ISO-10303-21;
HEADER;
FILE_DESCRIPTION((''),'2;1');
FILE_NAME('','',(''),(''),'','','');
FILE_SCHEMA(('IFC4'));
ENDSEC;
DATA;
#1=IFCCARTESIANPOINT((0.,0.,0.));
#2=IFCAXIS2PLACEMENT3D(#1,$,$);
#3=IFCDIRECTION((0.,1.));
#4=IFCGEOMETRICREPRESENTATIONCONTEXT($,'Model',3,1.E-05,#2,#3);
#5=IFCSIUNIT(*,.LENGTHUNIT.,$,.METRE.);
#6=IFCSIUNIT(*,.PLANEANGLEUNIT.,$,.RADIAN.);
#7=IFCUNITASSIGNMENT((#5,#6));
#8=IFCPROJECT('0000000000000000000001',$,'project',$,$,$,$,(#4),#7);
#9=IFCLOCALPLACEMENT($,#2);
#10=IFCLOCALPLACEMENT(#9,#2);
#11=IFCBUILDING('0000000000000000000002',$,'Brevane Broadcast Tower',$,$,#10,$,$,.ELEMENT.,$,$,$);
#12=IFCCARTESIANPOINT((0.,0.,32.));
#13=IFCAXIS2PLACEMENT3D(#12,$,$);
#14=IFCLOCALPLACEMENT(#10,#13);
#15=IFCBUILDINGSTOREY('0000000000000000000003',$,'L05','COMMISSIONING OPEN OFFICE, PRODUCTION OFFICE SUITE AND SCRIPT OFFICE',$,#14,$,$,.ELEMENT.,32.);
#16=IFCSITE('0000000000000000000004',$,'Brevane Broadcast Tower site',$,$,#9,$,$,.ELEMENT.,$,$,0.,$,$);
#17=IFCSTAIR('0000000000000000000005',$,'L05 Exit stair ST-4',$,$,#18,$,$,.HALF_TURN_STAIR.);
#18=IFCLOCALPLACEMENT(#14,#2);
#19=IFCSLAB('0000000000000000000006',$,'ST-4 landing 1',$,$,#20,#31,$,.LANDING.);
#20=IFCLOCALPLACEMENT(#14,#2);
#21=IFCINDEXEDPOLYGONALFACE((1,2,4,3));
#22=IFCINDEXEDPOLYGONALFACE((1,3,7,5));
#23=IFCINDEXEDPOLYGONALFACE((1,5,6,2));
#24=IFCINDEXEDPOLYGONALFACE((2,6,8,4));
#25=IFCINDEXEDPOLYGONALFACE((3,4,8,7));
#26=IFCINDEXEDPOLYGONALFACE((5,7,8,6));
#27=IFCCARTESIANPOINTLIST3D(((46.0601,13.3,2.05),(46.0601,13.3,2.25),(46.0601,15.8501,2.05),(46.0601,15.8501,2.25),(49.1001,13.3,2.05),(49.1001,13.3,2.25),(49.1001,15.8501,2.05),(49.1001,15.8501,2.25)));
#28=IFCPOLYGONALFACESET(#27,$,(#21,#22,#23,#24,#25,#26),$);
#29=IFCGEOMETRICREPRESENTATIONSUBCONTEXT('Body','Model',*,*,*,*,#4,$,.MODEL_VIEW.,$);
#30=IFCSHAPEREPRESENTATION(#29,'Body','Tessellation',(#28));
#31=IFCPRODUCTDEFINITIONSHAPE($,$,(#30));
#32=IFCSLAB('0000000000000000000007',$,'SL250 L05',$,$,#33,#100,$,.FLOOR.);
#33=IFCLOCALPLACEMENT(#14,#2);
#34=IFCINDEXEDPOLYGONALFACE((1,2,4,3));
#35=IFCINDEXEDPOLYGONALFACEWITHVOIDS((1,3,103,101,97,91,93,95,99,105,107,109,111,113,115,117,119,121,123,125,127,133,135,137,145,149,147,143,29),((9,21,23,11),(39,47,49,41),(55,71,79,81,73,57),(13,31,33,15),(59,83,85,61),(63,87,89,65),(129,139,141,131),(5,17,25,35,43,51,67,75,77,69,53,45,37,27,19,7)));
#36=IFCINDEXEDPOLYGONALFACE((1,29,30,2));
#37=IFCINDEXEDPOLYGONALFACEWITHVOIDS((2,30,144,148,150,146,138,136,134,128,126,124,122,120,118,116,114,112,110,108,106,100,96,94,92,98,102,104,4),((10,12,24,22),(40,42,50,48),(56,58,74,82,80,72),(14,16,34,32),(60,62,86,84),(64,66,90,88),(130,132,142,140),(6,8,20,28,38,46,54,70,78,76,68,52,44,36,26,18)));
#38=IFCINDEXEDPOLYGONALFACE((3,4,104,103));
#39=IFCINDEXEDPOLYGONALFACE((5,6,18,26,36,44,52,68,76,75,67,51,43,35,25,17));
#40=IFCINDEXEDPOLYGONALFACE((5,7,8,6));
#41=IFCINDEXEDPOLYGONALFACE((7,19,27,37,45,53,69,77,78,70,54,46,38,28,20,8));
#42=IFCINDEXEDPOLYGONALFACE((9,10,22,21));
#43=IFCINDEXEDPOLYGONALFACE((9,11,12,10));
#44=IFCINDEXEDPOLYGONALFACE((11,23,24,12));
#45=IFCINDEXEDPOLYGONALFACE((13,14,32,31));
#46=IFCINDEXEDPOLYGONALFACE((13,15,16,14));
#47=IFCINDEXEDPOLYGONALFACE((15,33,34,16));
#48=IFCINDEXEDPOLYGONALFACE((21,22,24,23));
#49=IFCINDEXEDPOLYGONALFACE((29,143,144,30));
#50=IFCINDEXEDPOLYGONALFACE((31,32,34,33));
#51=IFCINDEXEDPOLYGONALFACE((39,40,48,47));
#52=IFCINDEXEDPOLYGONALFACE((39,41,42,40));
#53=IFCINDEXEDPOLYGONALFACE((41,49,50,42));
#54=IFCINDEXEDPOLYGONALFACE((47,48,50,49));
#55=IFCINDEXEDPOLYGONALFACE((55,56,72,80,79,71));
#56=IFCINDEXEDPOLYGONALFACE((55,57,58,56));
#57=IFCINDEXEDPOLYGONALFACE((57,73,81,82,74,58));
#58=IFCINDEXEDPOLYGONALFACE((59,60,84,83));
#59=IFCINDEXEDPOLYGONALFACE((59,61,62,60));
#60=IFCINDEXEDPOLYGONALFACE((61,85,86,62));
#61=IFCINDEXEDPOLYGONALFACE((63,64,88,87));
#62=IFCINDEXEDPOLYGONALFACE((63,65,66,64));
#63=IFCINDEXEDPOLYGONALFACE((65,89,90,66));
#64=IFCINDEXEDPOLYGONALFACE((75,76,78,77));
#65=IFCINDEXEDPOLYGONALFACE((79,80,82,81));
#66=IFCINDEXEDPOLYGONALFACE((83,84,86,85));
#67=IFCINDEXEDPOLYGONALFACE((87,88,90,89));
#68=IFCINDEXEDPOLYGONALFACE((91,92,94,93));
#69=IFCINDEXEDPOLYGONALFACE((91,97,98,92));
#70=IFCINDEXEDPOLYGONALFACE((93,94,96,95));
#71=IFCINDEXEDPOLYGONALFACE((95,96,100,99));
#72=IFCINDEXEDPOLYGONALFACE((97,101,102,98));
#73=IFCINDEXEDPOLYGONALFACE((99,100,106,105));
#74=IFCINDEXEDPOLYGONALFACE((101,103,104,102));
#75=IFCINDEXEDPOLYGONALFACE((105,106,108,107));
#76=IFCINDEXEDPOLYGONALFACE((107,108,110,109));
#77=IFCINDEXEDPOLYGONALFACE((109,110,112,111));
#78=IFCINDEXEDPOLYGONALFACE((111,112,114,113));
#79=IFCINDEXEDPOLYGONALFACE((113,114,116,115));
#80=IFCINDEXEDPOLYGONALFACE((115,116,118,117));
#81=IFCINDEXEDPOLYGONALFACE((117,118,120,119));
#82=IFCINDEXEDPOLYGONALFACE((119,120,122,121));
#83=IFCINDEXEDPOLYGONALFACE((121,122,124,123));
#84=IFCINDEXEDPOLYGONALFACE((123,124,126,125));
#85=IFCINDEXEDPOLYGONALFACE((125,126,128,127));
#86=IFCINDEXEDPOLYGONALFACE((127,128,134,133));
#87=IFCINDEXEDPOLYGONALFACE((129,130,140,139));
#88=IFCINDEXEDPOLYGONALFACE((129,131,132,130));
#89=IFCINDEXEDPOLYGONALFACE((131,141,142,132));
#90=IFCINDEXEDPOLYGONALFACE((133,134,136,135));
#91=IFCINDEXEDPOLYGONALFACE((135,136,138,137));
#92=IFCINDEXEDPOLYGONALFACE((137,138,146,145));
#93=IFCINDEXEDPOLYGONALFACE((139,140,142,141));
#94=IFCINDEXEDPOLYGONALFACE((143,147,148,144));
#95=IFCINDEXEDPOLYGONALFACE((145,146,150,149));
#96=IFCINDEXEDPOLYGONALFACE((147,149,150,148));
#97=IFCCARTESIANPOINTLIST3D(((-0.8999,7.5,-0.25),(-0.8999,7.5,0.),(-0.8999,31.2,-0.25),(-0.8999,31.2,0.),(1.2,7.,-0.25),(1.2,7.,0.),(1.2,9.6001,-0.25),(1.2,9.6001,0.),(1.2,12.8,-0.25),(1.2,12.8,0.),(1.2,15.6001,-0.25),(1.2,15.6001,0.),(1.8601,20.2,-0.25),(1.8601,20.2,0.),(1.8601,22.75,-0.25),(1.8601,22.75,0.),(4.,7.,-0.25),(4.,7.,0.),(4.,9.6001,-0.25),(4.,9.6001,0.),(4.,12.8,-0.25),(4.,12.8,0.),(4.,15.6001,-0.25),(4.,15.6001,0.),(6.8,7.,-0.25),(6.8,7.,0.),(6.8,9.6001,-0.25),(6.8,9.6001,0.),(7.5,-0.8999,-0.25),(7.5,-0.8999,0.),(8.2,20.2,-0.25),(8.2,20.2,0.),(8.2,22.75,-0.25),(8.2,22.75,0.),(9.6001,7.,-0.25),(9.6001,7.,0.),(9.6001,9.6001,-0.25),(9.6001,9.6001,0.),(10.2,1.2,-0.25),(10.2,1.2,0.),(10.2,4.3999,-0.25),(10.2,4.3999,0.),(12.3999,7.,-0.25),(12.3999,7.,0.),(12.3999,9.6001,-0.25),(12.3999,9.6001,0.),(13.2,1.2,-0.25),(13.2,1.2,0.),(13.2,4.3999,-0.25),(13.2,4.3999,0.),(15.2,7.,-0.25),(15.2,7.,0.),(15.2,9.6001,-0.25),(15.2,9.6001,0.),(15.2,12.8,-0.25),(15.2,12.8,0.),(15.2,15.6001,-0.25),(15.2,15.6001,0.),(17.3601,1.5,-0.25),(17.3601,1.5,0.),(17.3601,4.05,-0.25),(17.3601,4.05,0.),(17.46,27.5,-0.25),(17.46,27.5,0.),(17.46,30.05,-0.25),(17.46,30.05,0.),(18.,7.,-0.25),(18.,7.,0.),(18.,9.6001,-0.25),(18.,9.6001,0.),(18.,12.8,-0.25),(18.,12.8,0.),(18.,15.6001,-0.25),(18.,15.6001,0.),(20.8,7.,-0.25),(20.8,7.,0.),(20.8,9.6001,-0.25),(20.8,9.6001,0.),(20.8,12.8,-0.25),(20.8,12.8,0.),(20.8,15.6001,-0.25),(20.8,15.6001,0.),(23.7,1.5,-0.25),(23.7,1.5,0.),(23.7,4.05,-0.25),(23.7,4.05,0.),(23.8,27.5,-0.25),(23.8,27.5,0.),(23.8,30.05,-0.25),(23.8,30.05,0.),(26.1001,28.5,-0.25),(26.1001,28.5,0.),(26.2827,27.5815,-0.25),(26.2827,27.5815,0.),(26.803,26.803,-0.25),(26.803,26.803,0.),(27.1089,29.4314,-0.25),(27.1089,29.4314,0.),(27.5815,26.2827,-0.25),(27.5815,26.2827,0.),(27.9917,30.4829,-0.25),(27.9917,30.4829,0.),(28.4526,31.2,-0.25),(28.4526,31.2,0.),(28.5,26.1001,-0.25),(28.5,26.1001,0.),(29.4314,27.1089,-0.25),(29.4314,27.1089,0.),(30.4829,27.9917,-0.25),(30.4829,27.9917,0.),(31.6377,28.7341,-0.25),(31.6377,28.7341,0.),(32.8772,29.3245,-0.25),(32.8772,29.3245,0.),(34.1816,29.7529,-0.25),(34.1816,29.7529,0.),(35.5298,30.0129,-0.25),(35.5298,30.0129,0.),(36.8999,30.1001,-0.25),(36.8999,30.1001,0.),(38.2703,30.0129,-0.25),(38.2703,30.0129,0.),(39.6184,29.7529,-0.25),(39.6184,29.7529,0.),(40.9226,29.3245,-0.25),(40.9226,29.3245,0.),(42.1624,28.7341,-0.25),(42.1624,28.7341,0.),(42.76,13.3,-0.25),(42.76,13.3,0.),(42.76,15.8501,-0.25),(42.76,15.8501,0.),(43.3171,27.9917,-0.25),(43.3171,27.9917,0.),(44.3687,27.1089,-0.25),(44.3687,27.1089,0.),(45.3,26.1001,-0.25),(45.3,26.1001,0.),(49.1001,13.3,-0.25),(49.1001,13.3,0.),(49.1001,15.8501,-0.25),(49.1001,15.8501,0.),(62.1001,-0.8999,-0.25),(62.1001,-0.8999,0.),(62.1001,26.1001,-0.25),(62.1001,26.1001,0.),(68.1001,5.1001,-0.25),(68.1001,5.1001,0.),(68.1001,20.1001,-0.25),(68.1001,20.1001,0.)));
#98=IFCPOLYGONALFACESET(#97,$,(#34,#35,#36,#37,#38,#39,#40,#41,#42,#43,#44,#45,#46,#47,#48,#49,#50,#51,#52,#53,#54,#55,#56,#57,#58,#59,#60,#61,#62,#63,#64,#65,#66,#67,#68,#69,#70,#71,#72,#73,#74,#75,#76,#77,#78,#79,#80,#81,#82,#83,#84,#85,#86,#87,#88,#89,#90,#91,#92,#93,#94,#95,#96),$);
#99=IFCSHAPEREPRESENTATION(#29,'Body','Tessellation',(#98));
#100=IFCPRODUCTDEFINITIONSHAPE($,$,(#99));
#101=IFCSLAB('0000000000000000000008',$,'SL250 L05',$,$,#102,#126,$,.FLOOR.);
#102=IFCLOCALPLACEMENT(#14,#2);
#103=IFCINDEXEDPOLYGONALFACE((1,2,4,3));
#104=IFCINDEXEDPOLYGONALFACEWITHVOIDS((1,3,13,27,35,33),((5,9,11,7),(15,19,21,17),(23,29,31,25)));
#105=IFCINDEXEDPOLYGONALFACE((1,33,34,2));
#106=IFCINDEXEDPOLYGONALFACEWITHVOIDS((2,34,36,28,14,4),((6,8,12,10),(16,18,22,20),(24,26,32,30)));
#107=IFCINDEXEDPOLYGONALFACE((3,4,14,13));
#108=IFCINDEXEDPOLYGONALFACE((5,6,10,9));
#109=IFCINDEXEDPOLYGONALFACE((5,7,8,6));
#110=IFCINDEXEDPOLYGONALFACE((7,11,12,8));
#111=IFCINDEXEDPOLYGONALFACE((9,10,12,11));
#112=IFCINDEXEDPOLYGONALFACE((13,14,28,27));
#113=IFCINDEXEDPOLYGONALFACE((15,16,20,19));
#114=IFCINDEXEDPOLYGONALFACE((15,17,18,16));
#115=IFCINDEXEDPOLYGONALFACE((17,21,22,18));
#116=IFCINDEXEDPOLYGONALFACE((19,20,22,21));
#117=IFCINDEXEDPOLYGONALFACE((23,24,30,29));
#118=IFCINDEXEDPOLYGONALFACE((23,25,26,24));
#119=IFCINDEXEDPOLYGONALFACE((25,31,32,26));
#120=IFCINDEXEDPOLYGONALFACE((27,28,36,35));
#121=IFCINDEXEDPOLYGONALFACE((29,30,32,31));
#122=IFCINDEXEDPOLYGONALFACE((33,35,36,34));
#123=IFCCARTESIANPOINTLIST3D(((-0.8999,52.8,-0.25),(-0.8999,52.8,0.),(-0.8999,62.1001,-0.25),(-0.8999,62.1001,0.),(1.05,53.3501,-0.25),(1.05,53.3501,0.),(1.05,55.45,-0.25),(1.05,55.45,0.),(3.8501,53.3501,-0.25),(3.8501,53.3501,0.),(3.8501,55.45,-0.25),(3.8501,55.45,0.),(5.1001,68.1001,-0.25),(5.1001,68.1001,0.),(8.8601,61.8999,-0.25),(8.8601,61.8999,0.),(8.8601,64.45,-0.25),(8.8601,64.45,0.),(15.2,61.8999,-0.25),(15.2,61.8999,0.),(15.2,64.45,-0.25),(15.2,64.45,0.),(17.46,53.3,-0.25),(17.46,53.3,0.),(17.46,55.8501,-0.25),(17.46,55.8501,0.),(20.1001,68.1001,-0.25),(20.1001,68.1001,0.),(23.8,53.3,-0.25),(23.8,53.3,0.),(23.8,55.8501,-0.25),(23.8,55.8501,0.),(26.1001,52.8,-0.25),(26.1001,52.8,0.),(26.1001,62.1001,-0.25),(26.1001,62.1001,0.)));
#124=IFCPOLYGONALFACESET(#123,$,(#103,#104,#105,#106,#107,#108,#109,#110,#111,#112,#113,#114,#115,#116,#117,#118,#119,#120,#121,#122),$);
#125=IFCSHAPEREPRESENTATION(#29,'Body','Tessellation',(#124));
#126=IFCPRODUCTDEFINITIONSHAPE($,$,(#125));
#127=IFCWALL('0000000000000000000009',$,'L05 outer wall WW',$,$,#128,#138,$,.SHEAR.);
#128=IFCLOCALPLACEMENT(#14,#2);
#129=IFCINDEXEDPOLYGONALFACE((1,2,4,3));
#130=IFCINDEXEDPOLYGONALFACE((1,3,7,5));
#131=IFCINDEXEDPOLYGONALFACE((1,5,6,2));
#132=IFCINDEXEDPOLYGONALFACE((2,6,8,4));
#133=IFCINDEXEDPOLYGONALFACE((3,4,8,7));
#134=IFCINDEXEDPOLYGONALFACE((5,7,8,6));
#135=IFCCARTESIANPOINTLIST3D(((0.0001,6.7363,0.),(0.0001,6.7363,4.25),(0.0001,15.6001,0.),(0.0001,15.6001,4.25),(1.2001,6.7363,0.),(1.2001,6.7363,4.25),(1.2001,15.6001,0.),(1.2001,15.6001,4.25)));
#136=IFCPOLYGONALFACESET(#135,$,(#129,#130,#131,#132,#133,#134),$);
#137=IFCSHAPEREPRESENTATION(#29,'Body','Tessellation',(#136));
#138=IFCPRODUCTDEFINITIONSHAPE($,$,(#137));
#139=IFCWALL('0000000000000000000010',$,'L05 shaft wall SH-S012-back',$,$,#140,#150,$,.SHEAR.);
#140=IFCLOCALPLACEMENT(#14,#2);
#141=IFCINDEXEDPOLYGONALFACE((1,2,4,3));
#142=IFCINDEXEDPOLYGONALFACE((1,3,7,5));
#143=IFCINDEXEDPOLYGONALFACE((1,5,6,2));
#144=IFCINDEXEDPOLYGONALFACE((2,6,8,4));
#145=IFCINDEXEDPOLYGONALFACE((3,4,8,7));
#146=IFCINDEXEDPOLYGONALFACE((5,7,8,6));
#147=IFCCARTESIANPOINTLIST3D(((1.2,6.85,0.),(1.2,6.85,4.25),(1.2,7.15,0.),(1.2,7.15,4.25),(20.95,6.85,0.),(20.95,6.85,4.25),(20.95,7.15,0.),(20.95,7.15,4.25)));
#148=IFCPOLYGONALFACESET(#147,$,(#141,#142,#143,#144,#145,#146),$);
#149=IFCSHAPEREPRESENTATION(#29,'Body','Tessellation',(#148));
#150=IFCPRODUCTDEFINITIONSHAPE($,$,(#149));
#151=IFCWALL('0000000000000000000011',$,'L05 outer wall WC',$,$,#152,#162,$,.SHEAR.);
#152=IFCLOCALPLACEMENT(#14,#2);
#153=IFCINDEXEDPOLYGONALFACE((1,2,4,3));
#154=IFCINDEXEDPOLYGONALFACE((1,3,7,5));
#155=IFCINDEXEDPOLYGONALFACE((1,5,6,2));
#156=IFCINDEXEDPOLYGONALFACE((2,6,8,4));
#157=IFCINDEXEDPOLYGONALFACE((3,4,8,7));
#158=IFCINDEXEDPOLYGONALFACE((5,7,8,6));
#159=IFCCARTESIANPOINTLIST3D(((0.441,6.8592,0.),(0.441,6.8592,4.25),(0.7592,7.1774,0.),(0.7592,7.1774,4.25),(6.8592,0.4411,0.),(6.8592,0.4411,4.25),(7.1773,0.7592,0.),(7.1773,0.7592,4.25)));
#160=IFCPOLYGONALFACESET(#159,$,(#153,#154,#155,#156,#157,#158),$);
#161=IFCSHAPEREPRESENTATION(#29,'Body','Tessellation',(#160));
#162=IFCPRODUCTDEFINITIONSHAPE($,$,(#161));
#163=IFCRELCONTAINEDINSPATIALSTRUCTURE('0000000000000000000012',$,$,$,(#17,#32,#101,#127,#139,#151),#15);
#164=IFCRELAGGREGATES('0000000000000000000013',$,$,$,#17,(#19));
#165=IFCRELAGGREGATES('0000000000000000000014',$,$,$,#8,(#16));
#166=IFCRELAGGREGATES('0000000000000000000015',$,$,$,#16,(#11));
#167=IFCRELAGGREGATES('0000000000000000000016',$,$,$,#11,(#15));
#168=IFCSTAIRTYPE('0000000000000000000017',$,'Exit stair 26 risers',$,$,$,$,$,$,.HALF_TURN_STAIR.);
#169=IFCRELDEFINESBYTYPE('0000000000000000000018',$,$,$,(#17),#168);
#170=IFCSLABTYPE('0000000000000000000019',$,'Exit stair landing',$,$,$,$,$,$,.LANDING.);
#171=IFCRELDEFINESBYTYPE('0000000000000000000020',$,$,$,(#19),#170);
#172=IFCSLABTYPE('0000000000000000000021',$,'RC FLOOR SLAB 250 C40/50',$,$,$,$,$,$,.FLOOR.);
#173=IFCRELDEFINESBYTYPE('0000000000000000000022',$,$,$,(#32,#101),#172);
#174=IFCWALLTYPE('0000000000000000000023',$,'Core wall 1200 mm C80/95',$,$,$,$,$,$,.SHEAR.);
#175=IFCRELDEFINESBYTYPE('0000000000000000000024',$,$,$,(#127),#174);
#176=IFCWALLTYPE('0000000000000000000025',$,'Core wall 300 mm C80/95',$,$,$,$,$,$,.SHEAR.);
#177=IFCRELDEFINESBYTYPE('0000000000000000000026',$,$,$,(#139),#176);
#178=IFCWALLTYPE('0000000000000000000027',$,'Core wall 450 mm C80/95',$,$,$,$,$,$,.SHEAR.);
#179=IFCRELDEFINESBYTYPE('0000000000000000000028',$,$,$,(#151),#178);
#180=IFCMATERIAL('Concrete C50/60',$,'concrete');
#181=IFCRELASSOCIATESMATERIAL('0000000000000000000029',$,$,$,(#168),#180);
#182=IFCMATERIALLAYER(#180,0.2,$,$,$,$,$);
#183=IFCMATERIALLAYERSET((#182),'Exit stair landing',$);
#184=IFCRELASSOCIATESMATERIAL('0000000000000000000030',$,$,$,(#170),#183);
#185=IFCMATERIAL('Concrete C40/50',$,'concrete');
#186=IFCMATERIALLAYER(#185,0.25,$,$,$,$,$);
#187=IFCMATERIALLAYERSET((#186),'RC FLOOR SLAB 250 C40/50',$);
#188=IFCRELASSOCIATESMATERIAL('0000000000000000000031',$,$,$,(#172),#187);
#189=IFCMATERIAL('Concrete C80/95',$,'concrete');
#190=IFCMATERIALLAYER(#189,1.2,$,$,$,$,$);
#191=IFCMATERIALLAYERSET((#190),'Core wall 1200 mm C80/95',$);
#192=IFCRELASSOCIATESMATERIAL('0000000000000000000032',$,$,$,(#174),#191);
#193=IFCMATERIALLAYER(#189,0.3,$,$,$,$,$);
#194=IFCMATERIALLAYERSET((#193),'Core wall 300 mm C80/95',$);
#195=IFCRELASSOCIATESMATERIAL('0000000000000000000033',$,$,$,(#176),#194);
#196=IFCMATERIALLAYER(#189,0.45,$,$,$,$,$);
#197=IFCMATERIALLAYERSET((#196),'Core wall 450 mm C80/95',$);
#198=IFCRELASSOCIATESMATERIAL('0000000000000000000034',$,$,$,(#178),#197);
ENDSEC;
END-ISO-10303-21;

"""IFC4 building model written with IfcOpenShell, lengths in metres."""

from ifc_helpers import new_model, si_unit, direction, frame, frame_2d, origin, place, context, subcontext, project, spatial, polyline, rectangle, outline, extrude, material, layer, layer_set, type_object, element, aggregate, save


model = new_model("IFC4")

# Units and contexts
model_context = context("Model", 3, precision=1e-05, world=origin(), true_north=direction((0.0, 1.0)))
body_context = subcontext(model_context, "Body", "Model", "MODEL_VIEW")
ifc_project = project(units=[si_unit("LENGTHUNIT", "METRE"), si_unit("PLANEANGLEUNIT", "RADIAN")], contexts=[model_context])

# Site, building, storey
site_placement = place(None, origin())
site = spatial("IfcSite", under=ifc_project, at=site_placement, Name="Brevane Broadcast Tower site", CompositionType="ELEMENT", RefElevation=0.0)
building_placement = place(site_placement, origin())
building = spatial("IfcBuilding", under=site, at=building_placement, Name="Brevane Broadcast Tower", CompositionType="ELEMENT")
storey_placement = place(building_placement, frame((0.0, 0.0, 32.0)))
storey = spatial("IfcBuildingStorey", under=building, at=storey_placement, Name="L05", Description="COMMISSIONING OPEN OFFICE, PRODUCTION OFFICE SUITE AND SCRIPT OFFICE", CompositionType="ELEMENT", Elevation=32.0)

# Stair, slab
ifc_material_1 = material(Name="Concrete C50/60", Category="concrete")
stair_type = type_object("IfcStairType", Name="Exit stair 26 risers", PredefinedType="HALF_TURN_STAIR", material=ifc_material_1)
ifc_layer_1 = layer(ifc_material_1, 0.2)
ifc_layer_set_1 = layer_set([ifc_layer_1], Name="Exit stair landing")
slab_type_1 = type_object("IfcSlabType", Name="Exit stair landing", PredefinedType="LANDING", material=ifc_layer_set_1)
stair_1_placement = place(storey_placement, origin())
stair_1 = element("IfcStair", 1, at=stair_1_placement, inside=storey, type_object=stair_type, Name="L05 Exit stair ST-4", PredefinedType="HALF_TURN_STAIR")
slab_1_placement = place(storey_placement, frame((0.0, 0.0, 2.05)))
slab_1 = element("IfcSlab", 2, at=slab_1_placement, type_object=slab_type_1, Name="ST-4 landing 1", PredefinedType="LANDING", context=body_context, shape_type="SweptSolid", body=[
    extrude(outline(polyline([(46.0601, 13.3), (49.1001, 13.3), (49.1001, 15.8501), (46.0601, 15.8501), (46.0601, 13.3)])), origin(), (0.0, 0.0, 1.0), 0.2),
])
aggregate(stair_1, [slab_1])

# Slabs
ifc_material_2 = material(Name="Concrete C40/50", Category="concrete")
ifc_layer_2 = layer(ifc_material_2, 0.25)
ifc_layer_set_2 = layer_set([ifc_layer_2], Name="RC FLOOR SLAB 250 C40/50")
slab_type_2 = type_object("IfcSlabType", Name="RC FLOOR SLAB 250 C40/50", PredefinedType="FLOOR", material=ifc_layer_set_2)
slab_2_placement = place(storey_placement, frame((0.0, 0.0, -0.25)))
element("IfcSlab", 3, at=slab_2_placement, inside=storey, type_object=slab_type_2, Name="SL250 L05", PredefinedType="FLOOR", context=body_context, shape_type="SweptSolid", body=[
    extrude(outline(polyline([(-0.8999, 31.2), (28.4526, 31.2), (27.9917, 30.4829), (27.1089, 29.4314), (26.1001, 28.5), (26.2827, 27.5815), (26.803, 26.803), (27.5815, 26.2827), (28.5, 26.1001), (29.4314, 27.1089), (30.4829, 27.9917), (31.6377, 28.7341), (32.8772, 29.3245), (34.1816, 29.7529), (35.5298, 30.0129), (36.8999, 30.1001), (38.2703, 30.0129), (39.6184, 29.7529), (40.9226, 29.3245), (42.1624, 28.7341), (43.3171, 27.9917), (44.3687, 27.1089), (45.3, 26.1001), (62.1001, 26.1001), (68.1001, 20.1001), (68.1001, 5.1001), (62.1001, -0.8999), (7.5, -0.8999), (-0.8999, 7.5), (-0.8999, 31.2)]), holes=[polyline([(13.2, 1.2), (13.2, 4.3999), (10.2, 4.3999), (10.2, 1.2), (13.2, 1.2)]), polyline([(6.8, 9.6001), (4.0, 9.6001), (1.2, 9.6001), (1.2, 7.0), (4.0, 7.0), (6.8, 7.0), (9.6001, 7.0), (12.3999, 7.0), (15.2, 7.0), (18.0, 7.0), (20.8, 7.0), (20.8, 9.6001), (18.0, 9.6001), (15.2, 9.6001), (12.3999, 9.6001), (9.6001, 9.6001), (6.8, 9.6001)]), polyline([(4.0, 12.8), (4.0, 15.6001), (1.2, 15.6001), (1.2, 12.8), (4.0, 12.8)]), polyline([(8.2, 22.75), (1.8601, 22.75), (1.8601, 20.2), (8.2, 20.2), (8.2, 22.75)]), polyline([(23.7, 4.05), (17.3601, 4.05), (17.3601, 1.5), (23.7, 1.5), (23.7, 4.05)]), polyline([(18.0, 15.6001), (15.2, 15.6001), (15.2, 12.8), (18.0, 12.8), (20.8, 12.8), (20.8, 15.6001), (18.0, 15.6001)]), polyline([(49.1001, 15.8501), (42.76, 15.8501), (42.76, 13.3), (49.1001, 13.3), (49.1001, 15.8501)]), polyline([(23.8, 27.5), (23.8, 30.05), (17.46, 30.05), (17.46, 27.5), (23.8, 27.5)])]), origin(), (0.0, 0.0, 1.0), 0.25),
])
slab_3_placement = place(storey_placement, frame((0.0, 0.0, -0.25)))
element("IfcSlab", 4, at=slab_3_placement, inside=storey, type_object=slab_type_2, Name="SL250 L05", PredefinedType="FLOOR", context=body_context, shape_type="SweptSolid", body=[
    extrude(outline(polyline([(5.1001, 68.1001), (20.1001, 68.1001), (26.1001, 62.1001), (26.1001, 52.8), (-0.8999, 52.8), (-0.8999, 62.1001), (5.1001, 68.1001)]), holes=[polyline([(1.05, 53.3501), (3.8501, 53.3501), (3.8501, 55.45), (1.05, 55.45), (1.05, 53.3501)]), polyline([(15.2, 61.8999), (15.2, 64.45), (8.8601, 64.45), (8.8601, 61.8999), (15.2, 61.8999)]), polyline([(23.8, 53.3), (23.8, 55.8501), (17.46, 55.8501), (17.46, 53.3), (23.8, 53.3)])]), origin(), (0.0, 0.0, 1.0), 0.25),
])

# Walls
ifc_material_3 = material(Name="Concrete C80/95", Category="concrete")
ifc_layer_3 = layer(ifc_material_3, 1.2)
ifc_layer_set_3 = layer_set([ifc_layer_3], Name="Core wall 1200 mm C80/95")
wall_type_1 = type_object("IfcWallType", Name="Core wall 1200 mm C80/95", PredefinedType="SHEAR", material=ifc_layer_set_3)
wall_1_placement = place(storey_placement, frame((0.6001, 6.7363, 0.0), z_axis=(0.0, 0.0, 1.0), x_axis=(0.0, 1.0, 0.0)))
element("IfcWall", 5, at=wall_1_placement, inside=storey, type_object=wall_type_1, Name="L05 outer wall WW", PredefinedType="SHEAR", context=body_context, shape_type="SweptSolid", body=[
    extrude(rectangle(XDim=8.8638, YDim=1.2, at=frame_2d((4.4319, 0.0))), origin(), (0.0, 0.0, 1.0), 4.25),
])
ifc_layer_4 = layer(ifc_material_3, 0.3)
ifc_layer_set_4 = layer_set([ifc_layer_4], Name="Core wall 300 mm C80/95")
wall_type_2 = type_object("IfcWallType", Name="Core wall 300 mm C80/95", PredefinedType="SHEAR", material=ifc_layer_set_4)
wall_2_placement = place(storey_placement, frame((1.2, 7.0, 0.0), z_axis=(0.0, 0.0, 1.0), x_axis=(1.0, 0.0, 0.0)))
element("IfcWall", 6, at=wall_2_placement, inside=storey, type_object=wall_type_2, Name="L05 shaft wall SH-S012-back", PredefinedType="SHEAR", context=body_context, shape_type="SweptSolid", body=[
    extrude(rectangle(XDim=19.75, YDim=0.3, at=frame_2d((9.875, 0.0))), origin(), (0.0, 0.0, 1.0), 4.25),
])
ifc_layer_5 = layer(ifc_material_3, 0.45)
ifc_layer_set_5 = layer_set([ifc_layer_5], Name="Core wall 450 mm C80/95")
wall_type_3 = type_object("IfcWallType", Name="Core wall 450 mm C80/95", PredefinedType="SHEAR", material=ifc_layer_set_5)
wall_3_placement = place(storey_placement, frame((0.6001, 7.0183, 0.0), z_axis=(0.0, 0.0, 1.0), x_axis=(0.707107, -0.707107, 0.0)))
element("IfcWall", 7, at=wall_3_placement, inside=storey, type_object=wall_type_3, Name="L05 outer wall WC", PredefinedType="SHEAR", context=body_context, shape_type="SweptSolid", body=[
    extrude(rectangle(XDim=9.0767, YDim=0.45, at=frame_2d((4.5383, 0.0))), origin(), (0.0, 0.0, 1.0), 4.25),
])

save(model, "model.ifc")
